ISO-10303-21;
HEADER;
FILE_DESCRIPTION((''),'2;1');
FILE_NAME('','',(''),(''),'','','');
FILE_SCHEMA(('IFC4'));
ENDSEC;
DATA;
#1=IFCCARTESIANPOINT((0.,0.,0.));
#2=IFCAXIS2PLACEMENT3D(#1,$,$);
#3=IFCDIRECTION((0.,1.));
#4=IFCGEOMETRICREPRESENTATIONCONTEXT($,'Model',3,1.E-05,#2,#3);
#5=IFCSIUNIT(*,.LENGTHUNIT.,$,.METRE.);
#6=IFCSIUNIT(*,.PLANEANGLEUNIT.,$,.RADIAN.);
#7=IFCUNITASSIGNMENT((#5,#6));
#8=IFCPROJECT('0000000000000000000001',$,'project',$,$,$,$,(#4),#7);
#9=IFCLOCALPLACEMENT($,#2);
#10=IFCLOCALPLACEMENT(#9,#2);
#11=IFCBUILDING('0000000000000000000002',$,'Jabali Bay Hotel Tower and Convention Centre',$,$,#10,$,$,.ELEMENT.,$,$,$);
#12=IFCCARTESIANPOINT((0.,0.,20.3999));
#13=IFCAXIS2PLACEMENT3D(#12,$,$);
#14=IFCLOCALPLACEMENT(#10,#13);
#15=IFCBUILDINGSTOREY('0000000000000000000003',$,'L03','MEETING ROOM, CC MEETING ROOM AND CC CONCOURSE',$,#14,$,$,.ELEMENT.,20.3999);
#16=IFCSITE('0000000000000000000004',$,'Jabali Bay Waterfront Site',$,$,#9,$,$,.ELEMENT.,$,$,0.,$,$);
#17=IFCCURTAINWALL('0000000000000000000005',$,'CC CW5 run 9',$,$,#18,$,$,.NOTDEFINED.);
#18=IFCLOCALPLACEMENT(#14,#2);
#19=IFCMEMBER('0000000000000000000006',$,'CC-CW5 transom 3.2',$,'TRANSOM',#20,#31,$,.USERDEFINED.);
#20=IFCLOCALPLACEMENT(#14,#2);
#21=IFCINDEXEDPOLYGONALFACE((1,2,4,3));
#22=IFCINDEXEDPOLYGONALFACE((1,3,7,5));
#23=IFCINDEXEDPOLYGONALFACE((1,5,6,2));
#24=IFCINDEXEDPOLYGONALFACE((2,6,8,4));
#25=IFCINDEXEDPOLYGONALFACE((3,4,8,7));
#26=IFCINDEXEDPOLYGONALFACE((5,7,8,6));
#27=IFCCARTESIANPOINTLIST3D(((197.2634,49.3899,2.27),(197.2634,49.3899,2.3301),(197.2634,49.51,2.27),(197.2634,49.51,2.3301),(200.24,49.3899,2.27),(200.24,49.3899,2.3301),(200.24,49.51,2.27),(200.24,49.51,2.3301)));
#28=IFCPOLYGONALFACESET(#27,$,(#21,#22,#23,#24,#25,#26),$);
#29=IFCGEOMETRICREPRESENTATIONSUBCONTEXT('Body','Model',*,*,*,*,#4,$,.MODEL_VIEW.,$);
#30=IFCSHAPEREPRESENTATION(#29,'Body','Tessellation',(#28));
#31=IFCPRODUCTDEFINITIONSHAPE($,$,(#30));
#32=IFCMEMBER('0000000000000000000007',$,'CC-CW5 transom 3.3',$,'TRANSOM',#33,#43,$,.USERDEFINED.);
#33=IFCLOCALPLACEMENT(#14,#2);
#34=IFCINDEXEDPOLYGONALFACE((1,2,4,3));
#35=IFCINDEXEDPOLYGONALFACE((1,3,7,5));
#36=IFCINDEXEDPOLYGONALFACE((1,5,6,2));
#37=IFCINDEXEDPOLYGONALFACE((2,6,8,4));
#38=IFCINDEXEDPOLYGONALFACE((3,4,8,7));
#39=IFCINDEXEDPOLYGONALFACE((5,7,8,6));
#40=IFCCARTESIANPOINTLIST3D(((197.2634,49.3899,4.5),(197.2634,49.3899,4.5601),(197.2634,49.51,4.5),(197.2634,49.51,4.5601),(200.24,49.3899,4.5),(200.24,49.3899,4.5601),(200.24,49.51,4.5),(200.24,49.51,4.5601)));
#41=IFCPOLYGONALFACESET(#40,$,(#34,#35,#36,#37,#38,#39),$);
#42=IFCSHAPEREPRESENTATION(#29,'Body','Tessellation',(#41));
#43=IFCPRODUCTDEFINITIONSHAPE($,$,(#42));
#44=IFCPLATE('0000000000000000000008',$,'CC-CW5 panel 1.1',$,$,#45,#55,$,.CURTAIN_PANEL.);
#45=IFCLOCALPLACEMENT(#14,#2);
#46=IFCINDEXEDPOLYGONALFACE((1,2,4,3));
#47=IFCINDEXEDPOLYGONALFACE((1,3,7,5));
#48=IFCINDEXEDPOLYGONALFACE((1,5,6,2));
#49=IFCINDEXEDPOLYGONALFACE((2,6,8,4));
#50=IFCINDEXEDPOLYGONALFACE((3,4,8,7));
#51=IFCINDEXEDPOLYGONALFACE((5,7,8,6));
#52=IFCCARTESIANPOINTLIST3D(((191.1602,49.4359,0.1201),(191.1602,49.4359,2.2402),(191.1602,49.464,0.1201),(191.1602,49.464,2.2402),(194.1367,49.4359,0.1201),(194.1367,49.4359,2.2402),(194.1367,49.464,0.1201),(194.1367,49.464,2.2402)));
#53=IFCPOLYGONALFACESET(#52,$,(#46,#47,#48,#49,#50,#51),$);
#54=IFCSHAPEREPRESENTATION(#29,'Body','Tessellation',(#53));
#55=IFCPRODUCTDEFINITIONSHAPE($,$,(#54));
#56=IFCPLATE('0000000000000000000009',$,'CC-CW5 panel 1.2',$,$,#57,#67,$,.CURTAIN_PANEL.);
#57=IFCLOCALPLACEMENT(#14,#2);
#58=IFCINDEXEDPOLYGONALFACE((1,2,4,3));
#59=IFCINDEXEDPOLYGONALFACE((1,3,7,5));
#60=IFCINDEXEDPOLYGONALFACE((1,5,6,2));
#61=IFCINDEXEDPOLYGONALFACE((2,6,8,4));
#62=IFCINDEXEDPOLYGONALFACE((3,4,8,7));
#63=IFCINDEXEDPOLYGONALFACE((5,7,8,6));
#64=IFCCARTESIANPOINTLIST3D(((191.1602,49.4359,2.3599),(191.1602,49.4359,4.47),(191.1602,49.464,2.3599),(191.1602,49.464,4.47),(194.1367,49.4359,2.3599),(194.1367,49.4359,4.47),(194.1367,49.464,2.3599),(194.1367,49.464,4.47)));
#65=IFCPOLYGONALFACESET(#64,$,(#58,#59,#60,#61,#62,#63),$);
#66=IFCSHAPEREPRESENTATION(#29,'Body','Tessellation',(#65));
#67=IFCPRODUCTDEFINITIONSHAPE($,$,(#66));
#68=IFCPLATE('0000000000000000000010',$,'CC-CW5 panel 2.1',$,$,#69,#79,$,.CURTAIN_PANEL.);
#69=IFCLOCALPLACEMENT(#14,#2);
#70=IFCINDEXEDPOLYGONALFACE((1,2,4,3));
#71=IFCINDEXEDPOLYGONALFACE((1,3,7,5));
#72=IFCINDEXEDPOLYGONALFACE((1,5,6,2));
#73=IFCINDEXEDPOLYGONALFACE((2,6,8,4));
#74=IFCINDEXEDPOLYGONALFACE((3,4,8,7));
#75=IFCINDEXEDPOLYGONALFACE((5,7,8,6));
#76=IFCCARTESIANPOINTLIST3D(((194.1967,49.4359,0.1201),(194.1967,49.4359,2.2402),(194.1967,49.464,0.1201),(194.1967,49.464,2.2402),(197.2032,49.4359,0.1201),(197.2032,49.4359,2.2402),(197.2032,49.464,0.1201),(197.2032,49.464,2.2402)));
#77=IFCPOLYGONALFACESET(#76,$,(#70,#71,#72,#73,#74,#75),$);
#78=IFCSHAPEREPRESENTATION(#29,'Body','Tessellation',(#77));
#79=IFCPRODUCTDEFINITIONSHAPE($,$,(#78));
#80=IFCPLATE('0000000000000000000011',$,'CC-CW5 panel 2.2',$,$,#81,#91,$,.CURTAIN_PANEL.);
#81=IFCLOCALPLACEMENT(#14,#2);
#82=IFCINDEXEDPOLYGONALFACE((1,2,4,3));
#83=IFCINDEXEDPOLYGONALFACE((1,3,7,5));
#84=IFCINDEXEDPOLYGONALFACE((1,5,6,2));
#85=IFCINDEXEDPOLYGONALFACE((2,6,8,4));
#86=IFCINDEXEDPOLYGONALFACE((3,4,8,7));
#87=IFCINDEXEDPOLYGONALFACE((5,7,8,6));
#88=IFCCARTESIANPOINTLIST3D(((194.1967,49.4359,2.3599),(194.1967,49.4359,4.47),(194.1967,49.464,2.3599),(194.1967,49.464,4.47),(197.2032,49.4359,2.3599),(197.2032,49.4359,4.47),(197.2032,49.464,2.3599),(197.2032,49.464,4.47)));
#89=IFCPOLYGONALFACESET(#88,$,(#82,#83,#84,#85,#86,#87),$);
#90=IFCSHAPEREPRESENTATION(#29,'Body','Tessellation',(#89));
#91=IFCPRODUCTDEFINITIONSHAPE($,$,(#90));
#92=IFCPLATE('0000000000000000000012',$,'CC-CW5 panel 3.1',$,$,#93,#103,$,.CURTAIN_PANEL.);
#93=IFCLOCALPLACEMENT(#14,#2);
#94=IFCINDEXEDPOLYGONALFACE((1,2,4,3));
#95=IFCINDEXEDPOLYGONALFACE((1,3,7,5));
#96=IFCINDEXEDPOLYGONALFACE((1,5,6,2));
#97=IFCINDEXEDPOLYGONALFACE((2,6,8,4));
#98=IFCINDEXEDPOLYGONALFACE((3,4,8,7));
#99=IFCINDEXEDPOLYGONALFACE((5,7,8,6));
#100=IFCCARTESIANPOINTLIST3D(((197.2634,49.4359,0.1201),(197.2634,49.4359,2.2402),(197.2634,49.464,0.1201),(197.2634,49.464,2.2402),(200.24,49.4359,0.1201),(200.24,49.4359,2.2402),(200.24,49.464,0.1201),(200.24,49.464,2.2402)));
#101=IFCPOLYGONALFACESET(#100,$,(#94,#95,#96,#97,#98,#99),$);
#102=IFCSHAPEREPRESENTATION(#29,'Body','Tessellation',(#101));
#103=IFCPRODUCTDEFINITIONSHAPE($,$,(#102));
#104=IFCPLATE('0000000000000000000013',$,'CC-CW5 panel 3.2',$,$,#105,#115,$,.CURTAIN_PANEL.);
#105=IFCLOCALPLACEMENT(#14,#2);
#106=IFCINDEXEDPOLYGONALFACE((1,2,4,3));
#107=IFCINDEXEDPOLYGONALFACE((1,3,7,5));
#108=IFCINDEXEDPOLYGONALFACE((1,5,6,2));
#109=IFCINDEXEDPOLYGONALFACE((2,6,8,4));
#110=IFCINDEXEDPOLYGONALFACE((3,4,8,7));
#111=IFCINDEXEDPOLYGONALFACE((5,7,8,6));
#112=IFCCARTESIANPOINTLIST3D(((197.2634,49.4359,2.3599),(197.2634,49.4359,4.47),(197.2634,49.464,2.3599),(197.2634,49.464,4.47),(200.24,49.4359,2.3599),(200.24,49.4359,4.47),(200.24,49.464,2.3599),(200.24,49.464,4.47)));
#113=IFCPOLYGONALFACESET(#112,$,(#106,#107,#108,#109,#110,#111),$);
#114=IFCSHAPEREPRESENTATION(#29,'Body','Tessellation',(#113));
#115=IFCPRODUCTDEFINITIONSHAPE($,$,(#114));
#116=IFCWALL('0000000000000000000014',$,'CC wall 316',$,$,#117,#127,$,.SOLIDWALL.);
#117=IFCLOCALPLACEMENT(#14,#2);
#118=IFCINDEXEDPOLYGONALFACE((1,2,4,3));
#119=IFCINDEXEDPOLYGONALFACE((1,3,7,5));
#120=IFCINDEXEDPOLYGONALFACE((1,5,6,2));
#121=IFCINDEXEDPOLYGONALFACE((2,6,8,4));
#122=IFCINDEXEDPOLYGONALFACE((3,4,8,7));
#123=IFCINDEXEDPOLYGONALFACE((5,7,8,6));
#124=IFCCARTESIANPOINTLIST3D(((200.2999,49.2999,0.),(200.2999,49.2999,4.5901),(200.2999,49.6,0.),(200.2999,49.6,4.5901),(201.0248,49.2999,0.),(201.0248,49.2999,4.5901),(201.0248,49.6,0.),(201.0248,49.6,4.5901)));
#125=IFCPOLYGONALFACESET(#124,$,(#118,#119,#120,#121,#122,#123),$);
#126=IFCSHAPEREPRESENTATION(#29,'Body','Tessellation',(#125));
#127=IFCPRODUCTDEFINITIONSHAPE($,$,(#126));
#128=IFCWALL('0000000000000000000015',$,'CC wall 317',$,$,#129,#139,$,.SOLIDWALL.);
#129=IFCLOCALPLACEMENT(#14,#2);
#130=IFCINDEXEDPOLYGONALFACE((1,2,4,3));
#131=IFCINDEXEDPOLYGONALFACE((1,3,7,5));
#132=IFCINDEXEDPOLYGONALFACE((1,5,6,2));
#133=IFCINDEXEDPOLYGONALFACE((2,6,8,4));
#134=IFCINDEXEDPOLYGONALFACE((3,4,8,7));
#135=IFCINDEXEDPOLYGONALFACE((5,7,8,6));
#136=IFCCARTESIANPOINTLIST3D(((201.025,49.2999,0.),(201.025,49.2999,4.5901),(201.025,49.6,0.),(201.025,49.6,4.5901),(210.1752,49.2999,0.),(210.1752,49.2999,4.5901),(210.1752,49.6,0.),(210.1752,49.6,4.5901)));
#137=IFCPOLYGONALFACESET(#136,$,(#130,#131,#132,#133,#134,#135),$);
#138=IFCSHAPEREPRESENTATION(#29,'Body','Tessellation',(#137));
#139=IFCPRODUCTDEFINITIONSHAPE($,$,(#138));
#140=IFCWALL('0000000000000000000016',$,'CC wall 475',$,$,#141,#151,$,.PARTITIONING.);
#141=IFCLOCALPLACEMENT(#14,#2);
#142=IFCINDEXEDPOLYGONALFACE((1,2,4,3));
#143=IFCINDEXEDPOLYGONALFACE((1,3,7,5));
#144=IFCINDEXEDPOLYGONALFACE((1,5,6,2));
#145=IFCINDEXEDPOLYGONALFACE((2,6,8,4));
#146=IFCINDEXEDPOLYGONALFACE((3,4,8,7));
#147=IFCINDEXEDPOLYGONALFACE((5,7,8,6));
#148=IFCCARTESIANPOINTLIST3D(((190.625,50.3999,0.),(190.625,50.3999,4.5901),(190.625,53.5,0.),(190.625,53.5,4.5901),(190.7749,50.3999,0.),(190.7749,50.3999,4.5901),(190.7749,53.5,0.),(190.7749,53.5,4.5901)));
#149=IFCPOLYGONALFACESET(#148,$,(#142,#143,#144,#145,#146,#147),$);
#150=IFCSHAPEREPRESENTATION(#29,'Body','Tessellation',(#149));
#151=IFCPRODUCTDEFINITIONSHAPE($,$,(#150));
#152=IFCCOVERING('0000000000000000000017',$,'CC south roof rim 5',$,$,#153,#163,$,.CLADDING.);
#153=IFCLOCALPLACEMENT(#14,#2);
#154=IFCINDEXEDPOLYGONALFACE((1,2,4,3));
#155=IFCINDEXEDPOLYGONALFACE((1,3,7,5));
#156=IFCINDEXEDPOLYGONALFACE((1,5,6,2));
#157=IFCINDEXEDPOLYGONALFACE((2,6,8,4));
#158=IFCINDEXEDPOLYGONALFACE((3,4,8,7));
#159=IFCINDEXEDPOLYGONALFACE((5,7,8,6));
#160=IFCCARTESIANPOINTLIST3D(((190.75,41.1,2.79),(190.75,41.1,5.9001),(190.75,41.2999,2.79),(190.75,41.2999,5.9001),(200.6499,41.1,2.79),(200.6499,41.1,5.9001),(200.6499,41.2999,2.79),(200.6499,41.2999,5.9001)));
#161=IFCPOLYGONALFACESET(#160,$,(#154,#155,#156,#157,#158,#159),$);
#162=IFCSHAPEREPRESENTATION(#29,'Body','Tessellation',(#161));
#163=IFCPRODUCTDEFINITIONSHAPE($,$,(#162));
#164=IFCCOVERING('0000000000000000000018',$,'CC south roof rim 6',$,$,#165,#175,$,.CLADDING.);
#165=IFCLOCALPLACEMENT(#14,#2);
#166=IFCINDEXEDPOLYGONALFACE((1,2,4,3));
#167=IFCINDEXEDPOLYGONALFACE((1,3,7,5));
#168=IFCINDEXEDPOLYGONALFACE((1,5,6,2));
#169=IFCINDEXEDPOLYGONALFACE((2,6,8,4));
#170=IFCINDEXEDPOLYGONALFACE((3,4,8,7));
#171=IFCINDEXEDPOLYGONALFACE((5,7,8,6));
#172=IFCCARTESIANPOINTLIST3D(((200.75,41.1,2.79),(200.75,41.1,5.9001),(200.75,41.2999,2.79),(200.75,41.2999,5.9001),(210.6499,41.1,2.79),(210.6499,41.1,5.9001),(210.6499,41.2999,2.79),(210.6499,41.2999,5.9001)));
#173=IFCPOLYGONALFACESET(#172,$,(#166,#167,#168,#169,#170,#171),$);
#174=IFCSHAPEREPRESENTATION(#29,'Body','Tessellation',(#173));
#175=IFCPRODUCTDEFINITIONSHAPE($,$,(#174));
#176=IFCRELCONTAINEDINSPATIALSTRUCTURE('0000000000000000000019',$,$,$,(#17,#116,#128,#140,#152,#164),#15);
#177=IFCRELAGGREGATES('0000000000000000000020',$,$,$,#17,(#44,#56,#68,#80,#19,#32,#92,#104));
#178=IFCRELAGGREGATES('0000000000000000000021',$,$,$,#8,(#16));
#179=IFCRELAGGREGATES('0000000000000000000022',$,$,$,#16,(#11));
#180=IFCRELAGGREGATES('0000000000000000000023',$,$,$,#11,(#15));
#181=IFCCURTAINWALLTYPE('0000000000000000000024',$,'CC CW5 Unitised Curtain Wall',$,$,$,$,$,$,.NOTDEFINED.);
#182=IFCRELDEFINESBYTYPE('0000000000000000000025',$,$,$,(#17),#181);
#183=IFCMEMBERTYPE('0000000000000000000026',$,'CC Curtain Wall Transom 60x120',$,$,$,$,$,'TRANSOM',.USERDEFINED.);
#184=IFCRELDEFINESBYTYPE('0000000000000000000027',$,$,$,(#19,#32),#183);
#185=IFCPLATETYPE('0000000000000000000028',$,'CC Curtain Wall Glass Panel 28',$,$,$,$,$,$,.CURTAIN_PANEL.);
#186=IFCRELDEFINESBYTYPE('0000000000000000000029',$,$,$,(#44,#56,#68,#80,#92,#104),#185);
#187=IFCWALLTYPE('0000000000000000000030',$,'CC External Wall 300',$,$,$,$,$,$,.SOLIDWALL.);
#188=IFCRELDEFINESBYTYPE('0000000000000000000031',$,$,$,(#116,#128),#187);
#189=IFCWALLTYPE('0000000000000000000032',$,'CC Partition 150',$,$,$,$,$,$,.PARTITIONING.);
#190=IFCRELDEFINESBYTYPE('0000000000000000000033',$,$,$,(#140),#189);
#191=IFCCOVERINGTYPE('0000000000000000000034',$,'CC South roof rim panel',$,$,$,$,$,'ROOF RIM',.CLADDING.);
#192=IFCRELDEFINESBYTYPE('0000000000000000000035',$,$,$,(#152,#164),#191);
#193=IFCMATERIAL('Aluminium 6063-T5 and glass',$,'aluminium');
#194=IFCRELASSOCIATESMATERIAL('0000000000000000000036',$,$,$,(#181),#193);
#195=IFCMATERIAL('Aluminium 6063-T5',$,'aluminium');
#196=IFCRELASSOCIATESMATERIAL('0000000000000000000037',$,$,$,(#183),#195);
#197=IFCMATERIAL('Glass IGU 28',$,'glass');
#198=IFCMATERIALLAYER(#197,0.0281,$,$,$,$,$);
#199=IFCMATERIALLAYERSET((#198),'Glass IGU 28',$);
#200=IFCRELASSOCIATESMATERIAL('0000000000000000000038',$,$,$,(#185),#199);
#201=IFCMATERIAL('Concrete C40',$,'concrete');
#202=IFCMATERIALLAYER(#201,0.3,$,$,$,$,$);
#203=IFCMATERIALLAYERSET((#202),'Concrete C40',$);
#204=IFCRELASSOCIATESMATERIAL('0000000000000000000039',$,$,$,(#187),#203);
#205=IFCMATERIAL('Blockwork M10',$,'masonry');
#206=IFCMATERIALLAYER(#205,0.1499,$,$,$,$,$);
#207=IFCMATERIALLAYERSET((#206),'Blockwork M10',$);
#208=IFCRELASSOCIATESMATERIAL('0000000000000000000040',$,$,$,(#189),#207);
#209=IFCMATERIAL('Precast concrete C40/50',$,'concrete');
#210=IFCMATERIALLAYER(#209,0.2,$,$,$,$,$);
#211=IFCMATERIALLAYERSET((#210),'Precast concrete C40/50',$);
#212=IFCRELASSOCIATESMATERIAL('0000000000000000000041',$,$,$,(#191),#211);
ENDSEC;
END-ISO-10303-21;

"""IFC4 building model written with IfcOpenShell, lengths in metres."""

from ifc_helpers import new_model, si_unit, direction, frame, frame_2d, origin, origin_2d, place, context, subcontext, project, spatial, rectangle, extrude, material, layer, layer_set, material_profile, profile_set, type_object, element, aggregate, save


model = new_model("IFC4")

# Units and contexts
model_context = context("Model", 3, precision=1e-05, world=origin(), true_north=direction((0.0, 1.0)))
body_context = subcontext(model_context, "Body", "Model", "MODEL_VIEW")
ifc_project = project(units=[si_unit("LENGTHUNIT", "METRE"), si_unit("PLANEANGLEUNIT", "RADIAN")], contexts=[model_context])

# Site, building, storey
site_placement = place(None, origin())
site = spatial("IfcSite", under=ifc_project, at=site_placement, Name="Jabali Bay Waterfront Site", CompositionType="ELEMENT", RefElevation=0.0)
building_placement = place(site_placement, origin())
building = spatial("IfcBuilding", under=site, at=building_placement, Name="Jabali Bay Hotel Tower and Convention Centre", CompositionType="ELEMENT")
storey_placement = place(building_placement, frame((0.0, 0.0, 20.3999)))
storey = spatial("IfcBuildingStorey", under=building, at=storey_placement, Name="L03", Description="MEETING ROOM, CC MEETING ROOM AND CC CONCOURSE", CompositionType="ELEMENT", Elevation=20.3999)

# Curtain wall, members, plates
ifc_material_1 = material(Name="Aluminium 6063-T5 and glass", Category="aluminium")
curtain_wall_type = type_object("IfcCurtainWallType", Name="CC CW5 Unitised Curtain Wall", PredefinedType="NOTDEFINED", material=ifc_material_1)
curtain_wall_placement = place(storey_placement, origin())
curtain_wall = element("IfcCurtainWall", 1, at=curtain_wall_placement, inside=storey, type_object=curtain_wall_type, Name="CC CW5 run 9", PredefinedType="NOTDEFINED")
ifc_material_2 = material(Name="Aluminium 6063-T5", Category="aluminium")
ifc_material_profile_1 = material_profile(ifc_material_2, rectangle(XDim=0.1201, YDim=0.0601, at=origin_2d()), Name="AL 120x60")
ifc_profile_set_1 = profile_set([ifc_material_profile_1], Name="Aluminium 6063-T5")
member_type_1 = type_object("IfcMemberType", Name="CC Curtain Wall Transom 60x120", ElementType="TRANSOM", PredefinedType="USERDEFINED", material=ifc_profile_set_1)
member_1_placement = place(storey_placement, frame((197.2634, 49.45, 2.3), z_axis=(1.0, 0.0, 0.0), x_axis=(0.0, 1.0, 0.0)))
member_1 = element("IfcMember", 2, at=member_1_placement, type_object=member_type_1, Name="CC-CW5 transom 3.2", ObjectType="TRANSOM", PredefinedType="USERDEFINED", context=body_context, shape_type="SweptSolid", body=[
    extrude(rectangle(XDim=0.1201, YDim=0.0601, at=origin_2d()), origin(), (0.0, 0.0, 1.0), 2.9766),
])
member_2_placement = place(storey_placement, frame((197.2634, 49.45, 4.53), z_axis=(1.0, 0.0, 0.0), x_axis=(0.0, 1.0, 0.0)))
member_2 = element("IfcMember", 3, at=member_2_placement, type_object=member_type_1, Name="CC-CW5 transom 3.3", ObjectType="TRANSOM", PredefinedType="USERDEFINED", context=body_context, shape_type="SweptSolid", body=[
    extrude(rectangle(XDim=0.1201, YDim=0.0601, at=origin_2d()), origin(), (0.0, 0.0, 1.0), 2.9766),
])
ifc_material_3 = material(Name="Glass IGU 28", Category="glass")
ifc_layer_1 = layer(ifc_material_3, 0.0281)
ifc_layer_set_1 = layer_set([ifc_layer_1], Name="Glass IGU 28")
plate_type = type_object("IfcPlateType", Name="CC Curtain Wall Glass Panel 28", PredefinedType="CURTAIN_PANEL", material=ifc_layer_set_1)
plate_1_placement = place(storey_placement, frame((192.6484, 49.45, 0.1201), z_axis=(0.0, 0.0, 1.0), x_axis=(1.0, 0.0, 0.0)))
plate_1 = element("IfcPlate", 4, at=plate_1_placement, type_object=plate_type, Name="CC-CW5 panel 1.1", PredefinedType="CURTAIN_PANEL", context=body_context, shape_type="SweptSolid", body=[
    extrude(rectangle(XDim=2.9766, YDim=0.0281, at=origin_2d()), origin(), (0.0, 0.0, 1.0), 2.1201),
])
plate_2_placement = place(storey_placement, frame((192.6484, 49.45, 2.3599), z_axis=(0.0, 0.0, 1.0), x_axis=(1.0, 0.0, 0.0)))
plate_2 = element("IfcPlate", 5, at=plate_2_placement, type_object=plate_type, Name="CC-CW5 panel 1.2", PredefinedType="CURTAIN_PANEL", context=body_context, shape_type="SweptSolid", body=[
    extrude(rectangle(XDim=2.9766, YDim=0.0281, at=origin_2d()), origin(), (0.0, 0.0, 1.0), 2.1101),
])
plate_3_placement = place(storey_placement, frame((195.7, 49.45, 0.1201), z_axis=(0.0, 0.0, 1.0), x_axis=(1.0, 0.0, 0.0)))
plate_3 = element("IfcPlate", 6, at=plate_3_placement, type_object=plate_type, Name="CC-CW5 panel 2.1", PredefinedType="CURTAIN_PANEL", context=body_context, shape_type="SweptSolid", body=[
    extrude(rectangle(XDim=3.0066, YDim=0.0281, at=origin_2d()), origin(), (0.0, 0.0, 1.0), 2.1201),
])
plate_4_placement = place(storey_placement, frame((195.7, 49.45, 2.3599), z_axis=(0.0, 0.0, 1.0), x_axis=(1.0, 0.0, 0.0)))
plate_4 = element("IfcPlate", 7, at=plate_4_placement, type_object=plate_type, Name="CC-CW5 panel 2.2", PredefinedType="CURTAIN_PANEL", context=body_context, shape_type="SweptSolid", body=[
    extrude(rectangle(XDim=3.0066, YDim=0.0281, at=origin_2d()), origin(), (0.0, 0.0, 1.0), 2.1101),
])
plate_5_placement = place(storey_placement, frame((198.7517, 49.45, 0.1201), z_axis=(0.0, 0.0, 1.0), x_axis=(1.0, 0.0, 0.0)))
plate_5 = element("IfcPlate", 8, at=plate_5_placement, type_object=plate_type, Name="CC-CW5 panel 3.1", PredefinedType="CURTAIN_PANEL", context=body_context, shape_type="SweptSolid", body=[
    extrude(rectangle(XDim=2.9766, YDim=0.0281, at=origin_2d()), origin(), (0.0, 0.0, 1.0), 2.1201),
])
plate_6_placement = place(storey_placement, frame((198.7517, 49.45, 2.3599), z_axis=(0.0, 0.0, 1.0), x_axis=(1.0, 0.0, 0.0)))
plate_6 = element("IfcPlate", 9, at=plate_6_placement, type_object=plate_type, Name="CC-CW5 panel 3.2", PredefinedType="CURTAIN_PANEL", context=body_context, shape_type="SweptSolid", body=[
    extrude(rectangle(XDim=2.9766, YDim=0.0281, at=origin_2d()), origin(), (0.0, 0.0, 1.0), 2.1101),
])
aggregate(curtain_wall, [plate_1, plate_2, plate_3, plate_4, member_1, member_2, plate_5, plate_6])

# Walls
ifc_material_4 = material(Name="Concrete C40", Category="concrete")
ifc_layer_2 = layer(ifc_material_4, 0.3)
ifc_layer_set_2 = layer_set([ifc_layer_2], Name="Concrete C40")
wall_type_1 = type_object("IfcWallType", Name="CC External Wall 300", PredefinedType="SOLIDWALL", material=ifc_layer_set_2)
wall_1_placement = place(storey_placement, frame((200.3, 49.45, 0.0), z_axis=(0.0, 0.0, 1.0), x_axis=(1.0, 0.0, 0.0)))
element("IfcWall", 10, at=wall_1_placement, inside=storey, type_object=wall_type_1, Name="CC wall 316", PredefinedType="SOLIDWALL", context=body_context, shape_type="SweptSolid", body=[
    extrude(rectangle(XDim=0.7249, YDim=0.3, at=frame_2d((0.3623, 0.0))), origin(), (0.0, 0.0, 1.0), 4.5901),
])
wall_2_placement = place(storey_placement, frame((201.0249, 49.45, 0.0), z_axis=(0.0, 0.0, 1.0), x_axis=(1.0, 0.0, 0.0)))
element("IfcWall", 11, at=wall_2_placement, inside=storey, type_object=wall_type_1, Name="CC wall 317", PredefinedType="SOLIDWALL", context=body_context, shape_type="SweptSolid", body=[
    extrude(rectangle(XDim=9.1501, YDim=0.3, at=frame_2d((4.5752, 0.0))), origin(), (0.0, 0.0, 1.0), 4.5901),
])
ifc_material_5 = material(Name="Blockwork M10", Category="masonry")
ifc_layer_3 = layer(ifc_material_5, 0.1499)
ifc_layer_set_3 = layer_set([ifc_layer_3], Name="Blockwork M10")
wall_type_2 = type_object("IfcWallType", Name="CC Partition 150", PredefinedType="PARTITIONING", material=ifc_layer_set_3)
wall_3_placement = place(storey_placement, frame((190.7, 50.3999, 0.0), z_axis=(0.0, 0.0, 1.0), x_axis=(0.0, 1.0, 0.0)))
element("IfcWall", 12, at=wall_3_placement, inside=storey, type_object=wall_type_2, Name="CC wall 475", PredefinedType="PARTITIONING", context=body_context, shape_type="SweptSolid", body=[
    extrude(rectangle(XDim=3.1001, YDim=0.1499, at=frame_2d((1.55, 0.0))), origin(), (0.0, 0.0, 1.0), 4.5901),
])

# Coverings
ifc_material_6 = material(Name="Precast concrete C40/50", Category="concrete")
ifc_layer_4 = layer(ifc_material_6, 0.2)
ifc_layer_set_4 = layer_set([ifc_layer_4], Name="Precast concrete C40/50")
covering_type = type_object("IfcCoveringType", Name="CC South roof rim panel", ElementType="ROOF RIM", PredefinedType="CLADDING", material=ifc_layer_set_4)
for number, where, z_axis, x_axis, name in (
    (13, (195.7, 41.2, 2.79), (0.0, 0.0, 1.0), (1.0, 0.0, 0.0), "CC south roof rim 5"),
    (14, (205.7, 41.2, 2.79), (0.0, 0.0, 1.0), (1.0, 0.0, 0.0), "CC south roof rim 6"),
):
    element("IfcCovering", number, at=place(storey_placement, frame(where, z_axis=z_axis, x_axis=x_axis)), inside=storey, type_object=covering_type, Name=name, PredefinedType="CLADDING", context=body_context, shape_type="SweptSolid", body=[
        extrude(rectangle(XDim=9.8999, YDim=0.2, at=origin_2d()), origin(), (0.0, 0.0, 1.0), 3.1101),
    ])

save(model, "model.ifc")
